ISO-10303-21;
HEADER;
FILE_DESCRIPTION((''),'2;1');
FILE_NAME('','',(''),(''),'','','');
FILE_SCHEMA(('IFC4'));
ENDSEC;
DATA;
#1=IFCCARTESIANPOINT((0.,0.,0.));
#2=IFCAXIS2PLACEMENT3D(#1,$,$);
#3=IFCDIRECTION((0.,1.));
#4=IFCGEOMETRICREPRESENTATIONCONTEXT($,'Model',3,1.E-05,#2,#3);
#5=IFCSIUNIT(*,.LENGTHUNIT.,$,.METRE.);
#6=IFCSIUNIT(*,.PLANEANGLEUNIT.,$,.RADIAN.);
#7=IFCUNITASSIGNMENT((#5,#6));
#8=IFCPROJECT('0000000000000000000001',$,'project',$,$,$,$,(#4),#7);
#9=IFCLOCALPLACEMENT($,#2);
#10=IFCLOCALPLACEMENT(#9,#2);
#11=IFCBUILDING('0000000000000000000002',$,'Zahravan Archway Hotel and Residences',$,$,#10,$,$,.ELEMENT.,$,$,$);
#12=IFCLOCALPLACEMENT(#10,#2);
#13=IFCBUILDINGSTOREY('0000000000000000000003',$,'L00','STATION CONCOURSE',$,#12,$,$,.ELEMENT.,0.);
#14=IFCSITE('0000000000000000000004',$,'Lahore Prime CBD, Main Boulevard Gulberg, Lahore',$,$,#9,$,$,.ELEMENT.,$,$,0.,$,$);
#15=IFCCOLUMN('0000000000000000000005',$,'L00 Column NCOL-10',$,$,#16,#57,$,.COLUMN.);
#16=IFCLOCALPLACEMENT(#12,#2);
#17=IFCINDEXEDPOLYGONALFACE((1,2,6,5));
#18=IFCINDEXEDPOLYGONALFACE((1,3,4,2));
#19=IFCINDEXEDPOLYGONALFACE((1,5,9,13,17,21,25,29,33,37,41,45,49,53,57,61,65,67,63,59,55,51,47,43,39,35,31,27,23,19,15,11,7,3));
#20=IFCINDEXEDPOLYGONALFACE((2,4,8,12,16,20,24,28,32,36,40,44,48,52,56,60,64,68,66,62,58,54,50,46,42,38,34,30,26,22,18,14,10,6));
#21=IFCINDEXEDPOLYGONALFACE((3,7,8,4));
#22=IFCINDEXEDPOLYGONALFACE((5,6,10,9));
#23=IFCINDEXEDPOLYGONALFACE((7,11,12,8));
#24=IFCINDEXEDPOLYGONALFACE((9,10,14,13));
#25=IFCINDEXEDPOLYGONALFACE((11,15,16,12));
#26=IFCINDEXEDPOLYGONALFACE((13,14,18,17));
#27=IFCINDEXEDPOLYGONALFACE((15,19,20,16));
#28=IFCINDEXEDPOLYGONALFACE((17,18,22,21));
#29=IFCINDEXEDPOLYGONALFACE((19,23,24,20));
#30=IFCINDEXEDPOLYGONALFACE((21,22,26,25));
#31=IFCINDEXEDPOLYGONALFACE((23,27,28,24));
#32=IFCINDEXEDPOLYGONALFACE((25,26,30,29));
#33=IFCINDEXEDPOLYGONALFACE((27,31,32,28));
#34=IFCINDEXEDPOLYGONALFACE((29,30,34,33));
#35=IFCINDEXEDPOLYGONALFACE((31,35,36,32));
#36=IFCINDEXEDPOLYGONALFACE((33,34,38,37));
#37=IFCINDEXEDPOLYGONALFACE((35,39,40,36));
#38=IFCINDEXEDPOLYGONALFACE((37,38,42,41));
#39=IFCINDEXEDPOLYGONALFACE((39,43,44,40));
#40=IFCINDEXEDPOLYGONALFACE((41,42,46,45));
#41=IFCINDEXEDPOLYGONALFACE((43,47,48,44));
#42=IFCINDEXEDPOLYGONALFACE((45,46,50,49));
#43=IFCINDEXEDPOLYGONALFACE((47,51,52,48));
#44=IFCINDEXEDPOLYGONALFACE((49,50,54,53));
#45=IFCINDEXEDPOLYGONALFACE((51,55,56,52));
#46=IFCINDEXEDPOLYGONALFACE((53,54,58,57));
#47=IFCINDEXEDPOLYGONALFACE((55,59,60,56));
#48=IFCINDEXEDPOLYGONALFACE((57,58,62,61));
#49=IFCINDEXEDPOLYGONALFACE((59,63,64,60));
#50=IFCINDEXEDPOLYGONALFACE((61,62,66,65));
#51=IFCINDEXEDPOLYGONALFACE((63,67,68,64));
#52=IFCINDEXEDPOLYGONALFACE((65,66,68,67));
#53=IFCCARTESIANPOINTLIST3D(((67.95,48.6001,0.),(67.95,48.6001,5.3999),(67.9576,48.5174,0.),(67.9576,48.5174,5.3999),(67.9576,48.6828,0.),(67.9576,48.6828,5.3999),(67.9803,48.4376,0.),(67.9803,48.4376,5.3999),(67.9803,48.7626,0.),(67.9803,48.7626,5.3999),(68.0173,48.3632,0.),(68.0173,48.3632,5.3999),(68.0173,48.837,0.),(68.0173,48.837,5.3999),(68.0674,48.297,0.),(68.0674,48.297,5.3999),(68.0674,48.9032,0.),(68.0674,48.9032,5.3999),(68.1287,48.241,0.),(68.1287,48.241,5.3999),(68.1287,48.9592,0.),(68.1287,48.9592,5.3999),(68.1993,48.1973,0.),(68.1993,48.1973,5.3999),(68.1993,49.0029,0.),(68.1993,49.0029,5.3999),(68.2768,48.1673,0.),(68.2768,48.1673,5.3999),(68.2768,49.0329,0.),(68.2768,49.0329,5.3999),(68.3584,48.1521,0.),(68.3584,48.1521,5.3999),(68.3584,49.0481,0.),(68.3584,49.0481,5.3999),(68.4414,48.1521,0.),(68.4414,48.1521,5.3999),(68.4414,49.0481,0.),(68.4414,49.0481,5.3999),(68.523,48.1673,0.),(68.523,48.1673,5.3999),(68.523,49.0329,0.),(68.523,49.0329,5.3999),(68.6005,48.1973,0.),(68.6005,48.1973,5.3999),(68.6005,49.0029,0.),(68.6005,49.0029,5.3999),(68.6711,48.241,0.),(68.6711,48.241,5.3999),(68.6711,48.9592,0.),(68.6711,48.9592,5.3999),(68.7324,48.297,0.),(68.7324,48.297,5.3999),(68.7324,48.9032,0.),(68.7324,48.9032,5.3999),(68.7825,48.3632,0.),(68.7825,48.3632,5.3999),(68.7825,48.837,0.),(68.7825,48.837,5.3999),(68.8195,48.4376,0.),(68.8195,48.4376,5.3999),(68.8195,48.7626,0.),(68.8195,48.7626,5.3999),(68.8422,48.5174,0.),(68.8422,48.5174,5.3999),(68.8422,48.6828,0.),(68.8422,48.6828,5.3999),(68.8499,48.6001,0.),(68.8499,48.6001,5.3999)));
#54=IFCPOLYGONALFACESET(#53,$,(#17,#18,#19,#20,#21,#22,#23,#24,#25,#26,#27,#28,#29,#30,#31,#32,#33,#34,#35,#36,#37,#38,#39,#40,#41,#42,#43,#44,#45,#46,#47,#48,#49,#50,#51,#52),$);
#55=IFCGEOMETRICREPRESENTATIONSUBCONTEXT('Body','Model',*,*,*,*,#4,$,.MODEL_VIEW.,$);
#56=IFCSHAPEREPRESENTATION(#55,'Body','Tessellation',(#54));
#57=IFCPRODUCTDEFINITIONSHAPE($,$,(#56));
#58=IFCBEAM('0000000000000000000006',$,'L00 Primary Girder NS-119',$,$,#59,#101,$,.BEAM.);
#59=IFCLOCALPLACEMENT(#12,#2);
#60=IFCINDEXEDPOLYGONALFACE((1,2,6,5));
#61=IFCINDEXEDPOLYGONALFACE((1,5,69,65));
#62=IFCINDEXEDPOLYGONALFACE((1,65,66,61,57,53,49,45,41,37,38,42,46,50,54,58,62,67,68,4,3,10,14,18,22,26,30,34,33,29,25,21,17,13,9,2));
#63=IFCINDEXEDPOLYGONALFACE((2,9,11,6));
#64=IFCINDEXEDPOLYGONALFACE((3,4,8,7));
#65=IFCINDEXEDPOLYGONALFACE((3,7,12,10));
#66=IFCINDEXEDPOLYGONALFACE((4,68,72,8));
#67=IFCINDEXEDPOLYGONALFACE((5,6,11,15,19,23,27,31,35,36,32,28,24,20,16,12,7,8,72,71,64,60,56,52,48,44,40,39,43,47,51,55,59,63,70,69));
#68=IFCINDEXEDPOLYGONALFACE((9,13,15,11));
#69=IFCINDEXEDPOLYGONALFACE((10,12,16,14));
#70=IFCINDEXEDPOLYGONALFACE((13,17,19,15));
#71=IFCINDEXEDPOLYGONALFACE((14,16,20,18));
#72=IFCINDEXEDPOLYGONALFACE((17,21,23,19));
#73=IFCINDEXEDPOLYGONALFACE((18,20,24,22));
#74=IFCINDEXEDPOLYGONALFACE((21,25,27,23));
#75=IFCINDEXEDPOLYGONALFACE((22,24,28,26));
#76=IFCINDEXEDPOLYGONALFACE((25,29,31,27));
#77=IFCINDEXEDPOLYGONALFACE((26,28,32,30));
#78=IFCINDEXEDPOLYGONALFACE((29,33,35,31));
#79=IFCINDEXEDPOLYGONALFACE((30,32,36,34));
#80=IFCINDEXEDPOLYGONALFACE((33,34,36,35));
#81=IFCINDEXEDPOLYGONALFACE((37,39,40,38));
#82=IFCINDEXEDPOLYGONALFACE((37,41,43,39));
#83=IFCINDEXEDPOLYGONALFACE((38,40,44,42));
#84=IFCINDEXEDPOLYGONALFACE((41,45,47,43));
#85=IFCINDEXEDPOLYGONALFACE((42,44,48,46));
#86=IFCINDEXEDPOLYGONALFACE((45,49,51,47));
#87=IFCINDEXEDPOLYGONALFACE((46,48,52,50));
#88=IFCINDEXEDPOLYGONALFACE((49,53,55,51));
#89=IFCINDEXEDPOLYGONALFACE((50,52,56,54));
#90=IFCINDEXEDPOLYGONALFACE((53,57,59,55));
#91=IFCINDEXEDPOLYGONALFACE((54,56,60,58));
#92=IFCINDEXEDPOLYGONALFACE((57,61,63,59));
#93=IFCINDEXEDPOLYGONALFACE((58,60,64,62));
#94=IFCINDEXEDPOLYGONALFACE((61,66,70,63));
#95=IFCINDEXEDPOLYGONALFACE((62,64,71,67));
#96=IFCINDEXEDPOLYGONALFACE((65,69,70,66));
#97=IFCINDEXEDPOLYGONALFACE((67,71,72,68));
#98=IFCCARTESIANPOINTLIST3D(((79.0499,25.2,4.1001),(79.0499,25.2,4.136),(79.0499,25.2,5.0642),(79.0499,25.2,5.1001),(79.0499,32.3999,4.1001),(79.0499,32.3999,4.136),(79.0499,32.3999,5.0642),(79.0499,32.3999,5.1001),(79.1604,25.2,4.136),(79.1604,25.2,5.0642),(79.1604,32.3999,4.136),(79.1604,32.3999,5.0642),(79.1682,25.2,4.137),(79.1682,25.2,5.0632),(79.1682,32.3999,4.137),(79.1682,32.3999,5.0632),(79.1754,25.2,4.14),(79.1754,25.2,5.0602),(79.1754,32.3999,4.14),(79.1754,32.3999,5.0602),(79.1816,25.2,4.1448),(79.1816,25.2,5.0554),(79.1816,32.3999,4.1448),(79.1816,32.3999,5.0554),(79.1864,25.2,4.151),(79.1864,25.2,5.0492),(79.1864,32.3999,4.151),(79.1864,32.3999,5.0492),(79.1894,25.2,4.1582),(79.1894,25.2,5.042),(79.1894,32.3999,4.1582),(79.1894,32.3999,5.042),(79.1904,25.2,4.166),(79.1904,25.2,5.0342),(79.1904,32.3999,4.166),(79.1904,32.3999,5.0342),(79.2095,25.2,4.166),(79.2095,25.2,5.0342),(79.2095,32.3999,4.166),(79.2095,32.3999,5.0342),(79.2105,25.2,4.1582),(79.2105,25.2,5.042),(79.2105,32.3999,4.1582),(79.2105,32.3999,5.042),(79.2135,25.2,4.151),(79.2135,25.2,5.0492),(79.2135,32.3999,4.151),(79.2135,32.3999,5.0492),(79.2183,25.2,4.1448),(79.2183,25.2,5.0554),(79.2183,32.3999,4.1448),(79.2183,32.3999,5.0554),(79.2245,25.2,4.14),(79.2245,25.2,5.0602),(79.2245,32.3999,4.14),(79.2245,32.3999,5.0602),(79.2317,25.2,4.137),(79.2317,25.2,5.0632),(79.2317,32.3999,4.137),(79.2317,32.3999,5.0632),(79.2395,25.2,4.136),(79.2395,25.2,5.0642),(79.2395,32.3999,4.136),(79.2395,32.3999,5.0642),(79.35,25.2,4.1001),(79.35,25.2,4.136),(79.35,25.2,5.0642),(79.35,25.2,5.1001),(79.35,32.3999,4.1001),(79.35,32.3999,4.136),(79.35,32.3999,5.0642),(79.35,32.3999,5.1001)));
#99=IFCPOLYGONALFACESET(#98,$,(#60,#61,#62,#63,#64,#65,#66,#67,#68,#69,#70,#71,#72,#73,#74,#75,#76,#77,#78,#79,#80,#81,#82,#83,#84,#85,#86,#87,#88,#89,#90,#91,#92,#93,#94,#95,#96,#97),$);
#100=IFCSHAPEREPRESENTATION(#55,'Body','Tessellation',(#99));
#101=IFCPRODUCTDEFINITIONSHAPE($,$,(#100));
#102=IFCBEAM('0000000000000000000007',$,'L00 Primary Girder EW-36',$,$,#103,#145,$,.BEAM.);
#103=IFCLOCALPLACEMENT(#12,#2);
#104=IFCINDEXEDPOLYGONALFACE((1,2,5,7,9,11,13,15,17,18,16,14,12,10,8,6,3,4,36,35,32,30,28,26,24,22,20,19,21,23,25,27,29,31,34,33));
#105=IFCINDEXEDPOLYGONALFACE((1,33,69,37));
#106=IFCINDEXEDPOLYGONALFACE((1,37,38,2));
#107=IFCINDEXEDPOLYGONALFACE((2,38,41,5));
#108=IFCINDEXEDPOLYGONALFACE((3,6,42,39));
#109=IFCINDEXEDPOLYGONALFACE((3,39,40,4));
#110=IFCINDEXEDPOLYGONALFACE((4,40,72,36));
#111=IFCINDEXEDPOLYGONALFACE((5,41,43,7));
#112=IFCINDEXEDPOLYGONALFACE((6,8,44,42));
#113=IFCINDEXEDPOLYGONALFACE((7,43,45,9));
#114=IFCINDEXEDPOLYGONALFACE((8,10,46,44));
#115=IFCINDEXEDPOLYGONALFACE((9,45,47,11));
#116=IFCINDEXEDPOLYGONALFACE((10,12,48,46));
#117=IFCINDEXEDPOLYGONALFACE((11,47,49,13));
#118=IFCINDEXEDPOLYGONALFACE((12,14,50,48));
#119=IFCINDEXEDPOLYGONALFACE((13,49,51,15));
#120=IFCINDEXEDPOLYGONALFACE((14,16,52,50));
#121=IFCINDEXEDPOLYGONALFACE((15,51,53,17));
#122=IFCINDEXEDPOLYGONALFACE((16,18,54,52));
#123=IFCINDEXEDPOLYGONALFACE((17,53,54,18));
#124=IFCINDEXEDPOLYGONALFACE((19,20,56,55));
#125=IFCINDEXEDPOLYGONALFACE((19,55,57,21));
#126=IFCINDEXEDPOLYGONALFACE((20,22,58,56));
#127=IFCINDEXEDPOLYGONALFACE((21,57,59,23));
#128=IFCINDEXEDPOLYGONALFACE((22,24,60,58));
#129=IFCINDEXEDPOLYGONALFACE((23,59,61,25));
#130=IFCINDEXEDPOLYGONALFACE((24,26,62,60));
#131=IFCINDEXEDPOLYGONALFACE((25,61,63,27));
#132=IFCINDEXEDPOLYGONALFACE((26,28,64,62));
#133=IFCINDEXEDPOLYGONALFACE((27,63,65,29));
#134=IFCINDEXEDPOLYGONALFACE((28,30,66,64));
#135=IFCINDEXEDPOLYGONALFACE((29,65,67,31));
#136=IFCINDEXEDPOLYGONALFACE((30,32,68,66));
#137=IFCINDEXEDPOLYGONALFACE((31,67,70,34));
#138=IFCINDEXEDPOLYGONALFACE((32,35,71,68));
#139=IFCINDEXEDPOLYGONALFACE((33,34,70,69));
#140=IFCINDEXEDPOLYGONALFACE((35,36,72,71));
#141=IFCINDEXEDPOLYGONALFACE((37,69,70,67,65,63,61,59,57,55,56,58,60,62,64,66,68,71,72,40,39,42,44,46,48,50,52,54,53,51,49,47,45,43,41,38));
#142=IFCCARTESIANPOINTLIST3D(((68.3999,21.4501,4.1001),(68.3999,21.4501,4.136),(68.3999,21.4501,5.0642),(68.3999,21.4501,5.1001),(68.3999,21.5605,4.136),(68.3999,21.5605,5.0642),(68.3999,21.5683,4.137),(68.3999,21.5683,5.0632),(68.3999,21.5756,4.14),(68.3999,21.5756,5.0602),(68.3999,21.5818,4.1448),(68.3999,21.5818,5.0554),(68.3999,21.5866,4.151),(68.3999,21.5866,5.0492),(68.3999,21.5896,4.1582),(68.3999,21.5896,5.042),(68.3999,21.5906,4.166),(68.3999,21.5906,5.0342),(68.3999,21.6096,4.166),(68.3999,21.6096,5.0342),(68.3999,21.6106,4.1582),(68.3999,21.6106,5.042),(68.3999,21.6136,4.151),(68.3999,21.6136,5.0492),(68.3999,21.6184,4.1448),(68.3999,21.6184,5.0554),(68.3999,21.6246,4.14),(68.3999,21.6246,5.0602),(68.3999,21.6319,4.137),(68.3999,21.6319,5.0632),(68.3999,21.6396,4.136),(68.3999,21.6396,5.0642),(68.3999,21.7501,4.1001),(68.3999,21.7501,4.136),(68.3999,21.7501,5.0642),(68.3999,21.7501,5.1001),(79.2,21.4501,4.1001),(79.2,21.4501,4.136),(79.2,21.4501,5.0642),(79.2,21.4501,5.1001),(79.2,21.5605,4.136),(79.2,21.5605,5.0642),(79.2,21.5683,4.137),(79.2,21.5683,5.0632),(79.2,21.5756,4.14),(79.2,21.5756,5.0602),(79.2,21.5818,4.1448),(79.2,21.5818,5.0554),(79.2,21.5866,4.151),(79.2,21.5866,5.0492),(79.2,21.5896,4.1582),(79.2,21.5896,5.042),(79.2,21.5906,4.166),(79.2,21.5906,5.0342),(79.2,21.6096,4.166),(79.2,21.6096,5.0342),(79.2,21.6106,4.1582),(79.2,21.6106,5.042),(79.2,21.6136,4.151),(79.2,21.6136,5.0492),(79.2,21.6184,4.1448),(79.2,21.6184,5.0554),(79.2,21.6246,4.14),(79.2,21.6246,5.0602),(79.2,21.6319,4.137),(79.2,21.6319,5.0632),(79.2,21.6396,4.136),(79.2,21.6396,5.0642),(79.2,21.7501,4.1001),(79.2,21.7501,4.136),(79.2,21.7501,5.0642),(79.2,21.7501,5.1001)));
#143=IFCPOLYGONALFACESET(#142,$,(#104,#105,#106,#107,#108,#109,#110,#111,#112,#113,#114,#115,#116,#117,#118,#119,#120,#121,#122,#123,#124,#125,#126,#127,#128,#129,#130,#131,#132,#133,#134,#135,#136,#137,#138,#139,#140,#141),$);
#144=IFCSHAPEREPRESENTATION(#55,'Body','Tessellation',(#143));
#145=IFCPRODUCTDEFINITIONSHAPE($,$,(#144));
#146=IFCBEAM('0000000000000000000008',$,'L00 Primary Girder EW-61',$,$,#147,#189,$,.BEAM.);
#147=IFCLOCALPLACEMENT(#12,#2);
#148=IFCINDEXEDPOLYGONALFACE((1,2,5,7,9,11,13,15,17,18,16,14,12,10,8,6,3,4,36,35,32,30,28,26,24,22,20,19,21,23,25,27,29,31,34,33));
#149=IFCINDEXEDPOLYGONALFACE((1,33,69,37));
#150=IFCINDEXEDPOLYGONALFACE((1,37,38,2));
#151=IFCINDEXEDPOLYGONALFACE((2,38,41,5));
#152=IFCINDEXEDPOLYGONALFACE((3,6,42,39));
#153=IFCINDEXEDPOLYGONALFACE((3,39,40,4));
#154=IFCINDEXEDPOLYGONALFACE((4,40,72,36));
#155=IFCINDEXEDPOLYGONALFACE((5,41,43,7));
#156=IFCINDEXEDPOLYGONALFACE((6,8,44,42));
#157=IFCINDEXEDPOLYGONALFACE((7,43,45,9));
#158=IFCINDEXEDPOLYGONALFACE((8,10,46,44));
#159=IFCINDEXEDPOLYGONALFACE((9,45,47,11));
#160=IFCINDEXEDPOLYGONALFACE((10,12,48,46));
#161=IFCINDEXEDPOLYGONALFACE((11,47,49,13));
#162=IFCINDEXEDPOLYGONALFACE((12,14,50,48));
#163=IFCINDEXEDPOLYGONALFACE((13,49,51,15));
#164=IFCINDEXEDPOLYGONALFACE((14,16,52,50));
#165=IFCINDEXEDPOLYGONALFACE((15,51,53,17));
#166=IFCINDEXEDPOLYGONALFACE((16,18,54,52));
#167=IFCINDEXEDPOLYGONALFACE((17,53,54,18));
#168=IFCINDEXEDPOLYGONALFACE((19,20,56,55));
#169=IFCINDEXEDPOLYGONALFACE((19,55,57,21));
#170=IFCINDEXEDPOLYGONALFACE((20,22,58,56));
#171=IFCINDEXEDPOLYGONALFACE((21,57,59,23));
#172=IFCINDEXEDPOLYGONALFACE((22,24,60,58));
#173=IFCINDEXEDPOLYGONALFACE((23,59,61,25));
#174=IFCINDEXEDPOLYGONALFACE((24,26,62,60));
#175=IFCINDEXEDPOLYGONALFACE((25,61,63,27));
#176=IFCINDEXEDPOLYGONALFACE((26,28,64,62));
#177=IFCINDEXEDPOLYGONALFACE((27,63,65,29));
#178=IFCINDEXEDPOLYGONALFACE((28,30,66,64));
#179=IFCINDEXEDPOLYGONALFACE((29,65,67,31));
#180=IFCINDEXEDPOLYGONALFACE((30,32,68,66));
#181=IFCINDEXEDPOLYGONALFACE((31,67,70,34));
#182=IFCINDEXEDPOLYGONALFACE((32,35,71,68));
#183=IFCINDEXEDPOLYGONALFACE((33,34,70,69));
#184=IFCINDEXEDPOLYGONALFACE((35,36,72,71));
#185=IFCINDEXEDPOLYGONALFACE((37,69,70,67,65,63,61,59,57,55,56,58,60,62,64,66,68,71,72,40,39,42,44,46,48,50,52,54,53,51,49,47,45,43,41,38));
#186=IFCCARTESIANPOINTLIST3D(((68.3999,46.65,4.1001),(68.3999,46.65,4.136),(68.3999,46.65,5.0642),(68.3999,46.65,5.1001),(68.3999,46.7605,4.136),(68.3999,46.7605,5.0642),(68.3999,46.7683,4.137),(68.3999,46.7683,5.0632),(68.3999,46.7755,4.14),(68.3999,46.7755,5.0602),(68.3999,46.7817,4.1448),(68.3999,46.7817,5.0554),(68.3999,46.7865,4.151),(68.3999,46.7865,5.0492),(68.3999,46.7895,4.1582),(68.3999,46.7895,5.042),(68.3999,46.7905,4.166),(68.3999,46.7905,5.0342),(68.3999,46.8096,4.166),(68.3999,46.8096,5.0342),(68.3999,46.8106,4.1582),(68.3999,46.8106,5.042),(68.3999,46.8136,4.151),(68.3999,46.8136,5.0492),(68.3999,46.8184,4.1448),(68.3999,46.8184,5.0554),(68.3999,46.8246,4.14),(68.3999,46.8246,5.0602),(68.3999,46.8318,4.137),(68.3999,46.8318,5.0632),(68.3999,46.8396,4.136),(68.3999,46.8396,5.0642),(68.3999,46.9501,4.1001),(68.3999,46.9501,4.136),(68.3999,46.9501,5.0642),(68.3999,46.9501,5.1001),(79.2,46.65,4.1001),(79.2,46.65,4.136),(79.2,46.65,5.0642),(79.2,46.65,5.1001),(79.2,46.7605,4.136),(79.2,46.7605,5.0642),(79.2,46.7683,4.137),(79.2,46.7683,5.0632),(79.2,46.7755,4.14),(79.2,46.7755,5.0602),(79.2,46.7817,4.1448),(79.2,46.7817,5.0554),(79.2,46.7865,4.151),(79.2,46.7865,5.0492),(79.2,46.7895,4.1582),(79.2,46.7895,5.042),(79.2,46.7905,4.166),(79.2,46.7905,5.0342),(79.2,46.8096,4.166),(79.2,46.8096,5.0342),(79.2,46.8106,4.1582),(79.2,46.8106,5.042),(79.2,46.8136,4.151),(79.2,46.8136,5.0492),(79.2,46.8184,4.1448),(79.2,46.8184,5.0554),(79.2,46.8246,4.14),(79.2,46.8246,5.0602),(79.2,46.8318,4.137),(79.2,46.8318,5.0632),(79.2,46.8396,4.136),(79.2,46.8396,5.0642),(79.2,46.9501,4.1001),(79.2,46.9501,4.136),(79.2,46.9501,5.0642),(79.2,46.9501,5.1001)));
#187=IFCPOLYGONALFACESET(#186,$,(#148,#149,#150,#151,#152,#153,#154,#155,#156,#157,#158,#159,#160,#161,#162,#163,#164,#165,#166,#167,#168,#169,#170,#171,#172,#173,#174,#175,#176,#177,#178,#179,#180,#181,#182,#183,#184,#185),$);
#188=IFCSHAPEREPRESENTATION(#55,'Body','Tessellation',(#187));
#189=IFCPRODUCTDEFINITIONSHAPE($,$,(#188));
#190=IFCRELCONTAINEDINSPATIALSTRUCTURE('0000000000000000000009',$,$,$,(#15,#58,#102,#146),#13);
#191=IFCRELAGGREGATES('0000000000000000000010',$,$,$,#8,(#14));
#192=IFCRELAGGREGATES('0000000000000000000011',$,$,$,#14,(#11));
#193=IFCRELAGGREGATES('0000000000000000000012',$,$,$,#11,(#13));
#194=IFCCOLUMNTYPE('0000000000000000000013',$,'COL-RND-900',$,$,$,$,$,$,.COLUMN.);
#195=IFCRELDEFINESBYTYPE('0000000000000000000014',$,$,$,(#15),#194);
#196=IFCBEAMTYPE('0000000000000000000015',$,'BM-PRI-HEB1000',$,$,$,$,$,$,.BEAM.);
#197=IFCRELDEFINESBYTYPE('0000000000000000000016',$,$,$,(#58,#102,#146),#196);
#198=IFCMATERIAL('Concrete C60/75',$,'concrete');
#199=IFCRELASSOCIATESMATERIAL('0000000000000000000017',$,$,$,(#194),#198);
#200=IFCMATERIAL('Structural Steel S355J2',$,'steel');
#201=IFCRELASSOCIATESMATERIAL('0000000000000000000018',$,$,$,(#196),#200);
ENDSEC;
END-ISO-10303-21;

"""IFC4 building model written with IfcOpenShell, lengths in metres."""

from ifc_helpers import new_model, si_unit, direction, frame, origin, origin_2d, place, context, subcontext, project, spatial, circle, i_section, extrude, source, transform, mapped, material, material_profile, profile_set, type_object, type_shapes, element, save


model = new_model("IFC4")

# Units and contexts
model_context = context("Model", 3, precision=1e-05, world=origin(), true_north=direction((0.0, 1.0)))
body_context = subcontext(model_context, "Body", "Model", "MODEL_VIEW")
ifc_project = project(units=[si_unit("LENGTHUNIT", "METRE"), si_unit("PLANEANGLEUNIT", "RADIAN")], contexts=[model_context])

# Site, building, storey
site_placement = place(None, origin())
site = spatial("IfcSite", under=ifc_project, at=site_placement, Name="Lahore Prime CBD, Main Boulevard Gulberg, Lahore", CompositionType="ELEMENT", RefElevation=0.0)
building_placement = place(site_placement, origin())
building = spatial("IfcBuilding", under=site, at=building_placement, Name="Zahravan Archway Hotel and Residences", CompositionType="ELEMENT")
storey_placement = place(building_placement, origin())
storey = spatial("IfcBuildingStorey", under=building, at=storey_placement, Name="L00", Description="STATION CONCOURSE", CompositionType="ELEMENT", Elevation=0.0)

# Column
ifc_material_1 = material(Name="Concrete C60/75", Category="concrete")
ifc_material_profile_1 = material_profile(ifc_material_1, circle(Radius=0.45, at=origin_2d()), Name="RC-CIRC-900", Category="concrete")
ifc_profile_set_1 = profile_set([ifc_material_profile_1], Name="Concrete C60/75")
column_type_1 = type_object("IfcColumnType", Name="COL-RND-900", PredefinedType="COLUMN", material=ifc_profile_set_1)
shared_shape_1 = source(origin(), body_context, "Body", "SweptSolid", [
    extrude(circle(Radius=0.45, at=origin_2d()), origin(), (0.0, 0.0, 1.0), 5.3999),
])
type_shapes(column_type_1, [shared_shape_1])
column_1_placement = place(storey_placement, frame((68.3999, 48.6001, 0.0), z_axis=(0.0, 0.0, 1.0), x_axis=(1.0, 0.0, 0.0)))
element("IfcColumn", 1, at=column_1_placement, inside=storey, type_object=column_type_1, Name="L00 Column NCOL-10", PredefinedType="COLUMN", context=body_context, shape_type="MappedRepresentation", body=[
    mapped(shared_shape_1, transform((0.0, 0.0, 0.0), scale=1.0)),
])

# Beams
ifc_material_2 = material(Name="Structural Steel S355J2", Category="steel")
ifc_material_profile_2 = material_profile(ifc_material_2, i_section(OverallWidth=0.3, OverallDepth=1.0, WebThickness=0.019, FlangeThickness=0.0359, FilletRadius=0.03, at=origin_2d()), Name="HEB 1000", Category="steel")
ifc_profile_set_2 = profile_set([ifc_material_profile_2], Name="Structural Steel S355J2")
beam_type_1 = type_object("IfcBeamType", Name="BM-PRI-HEB1000", PredefinedType="BEAM", material=ifc_profile_set_2)
shared_shape_2 = source(origin(), body_context, "Body", "SweptSolid", [
    extrude(i_section(OverallWidth=0.3, OverallDepth=1.0, WebThickness=0.019, FlangeThickness=0.0359, FilletRadius=0.03, at=origin_2d()), origin(), (0.0, 0.0, 1.0), 7.2),
])
beam_1_placement = place(storey_placement, frame((79.2, 25.2, 4.6001), z_axis=(0.0, 1.0, 0.0), x_axis=(-1.0, 0.0, 0.0)))
element("IfcBeam", 2, at=beam_1_placement, inside=storey, type_object=beam_type_1, Name="L00 Primary Girder NS-119", PredefinedType="BEAM", context=body_context, shape_type="MappedRepresentation", body=[
    mapped(shared_shape_2, transform((0.0, 0.0, 0.0), scale=1.0)),
])
shared_shape_3 = source(origin(), body_context, "Body", "SweptSolid", [
    extrude(i_section(OverallWidth=0.3, OverallDepth=1.0, WebThickness=0.019, FlangeThickness=0.0359, FilletRadius=0.03, at=origin_2d()), origin(), (0.0, 0.0, 1.0), 10.8),
])
for number, where, z_axis, x_axis, name in (
    (3, (68.3999, 21.6001, 4.6001), (1.0, 0.0, 0.0), (0.0, 1.0, 0.0), "L00 Primary Girder EW-36"),
    (4, (68.3999, 46.8, 4.6001), (1.0, 0.0, 0.0), (0.0, 1.0, 0.0), "L00 Primary Girder EW-61"),
):
    element("IfcBeam", number, at=place(storey_placement, frame(where, z_axis=z_axis, x_axis=x_axis)), inside=storey, type_object=beam_type_1, Name=name, PredefinedType="BEAM", context=body_context, shape_type="MappedRepresentation", body=[
        mapped(shared_shape_3, transform((0.0, 0.0, 0.0), scale=1.0)),
    ])

save(model, "model.ifc")
